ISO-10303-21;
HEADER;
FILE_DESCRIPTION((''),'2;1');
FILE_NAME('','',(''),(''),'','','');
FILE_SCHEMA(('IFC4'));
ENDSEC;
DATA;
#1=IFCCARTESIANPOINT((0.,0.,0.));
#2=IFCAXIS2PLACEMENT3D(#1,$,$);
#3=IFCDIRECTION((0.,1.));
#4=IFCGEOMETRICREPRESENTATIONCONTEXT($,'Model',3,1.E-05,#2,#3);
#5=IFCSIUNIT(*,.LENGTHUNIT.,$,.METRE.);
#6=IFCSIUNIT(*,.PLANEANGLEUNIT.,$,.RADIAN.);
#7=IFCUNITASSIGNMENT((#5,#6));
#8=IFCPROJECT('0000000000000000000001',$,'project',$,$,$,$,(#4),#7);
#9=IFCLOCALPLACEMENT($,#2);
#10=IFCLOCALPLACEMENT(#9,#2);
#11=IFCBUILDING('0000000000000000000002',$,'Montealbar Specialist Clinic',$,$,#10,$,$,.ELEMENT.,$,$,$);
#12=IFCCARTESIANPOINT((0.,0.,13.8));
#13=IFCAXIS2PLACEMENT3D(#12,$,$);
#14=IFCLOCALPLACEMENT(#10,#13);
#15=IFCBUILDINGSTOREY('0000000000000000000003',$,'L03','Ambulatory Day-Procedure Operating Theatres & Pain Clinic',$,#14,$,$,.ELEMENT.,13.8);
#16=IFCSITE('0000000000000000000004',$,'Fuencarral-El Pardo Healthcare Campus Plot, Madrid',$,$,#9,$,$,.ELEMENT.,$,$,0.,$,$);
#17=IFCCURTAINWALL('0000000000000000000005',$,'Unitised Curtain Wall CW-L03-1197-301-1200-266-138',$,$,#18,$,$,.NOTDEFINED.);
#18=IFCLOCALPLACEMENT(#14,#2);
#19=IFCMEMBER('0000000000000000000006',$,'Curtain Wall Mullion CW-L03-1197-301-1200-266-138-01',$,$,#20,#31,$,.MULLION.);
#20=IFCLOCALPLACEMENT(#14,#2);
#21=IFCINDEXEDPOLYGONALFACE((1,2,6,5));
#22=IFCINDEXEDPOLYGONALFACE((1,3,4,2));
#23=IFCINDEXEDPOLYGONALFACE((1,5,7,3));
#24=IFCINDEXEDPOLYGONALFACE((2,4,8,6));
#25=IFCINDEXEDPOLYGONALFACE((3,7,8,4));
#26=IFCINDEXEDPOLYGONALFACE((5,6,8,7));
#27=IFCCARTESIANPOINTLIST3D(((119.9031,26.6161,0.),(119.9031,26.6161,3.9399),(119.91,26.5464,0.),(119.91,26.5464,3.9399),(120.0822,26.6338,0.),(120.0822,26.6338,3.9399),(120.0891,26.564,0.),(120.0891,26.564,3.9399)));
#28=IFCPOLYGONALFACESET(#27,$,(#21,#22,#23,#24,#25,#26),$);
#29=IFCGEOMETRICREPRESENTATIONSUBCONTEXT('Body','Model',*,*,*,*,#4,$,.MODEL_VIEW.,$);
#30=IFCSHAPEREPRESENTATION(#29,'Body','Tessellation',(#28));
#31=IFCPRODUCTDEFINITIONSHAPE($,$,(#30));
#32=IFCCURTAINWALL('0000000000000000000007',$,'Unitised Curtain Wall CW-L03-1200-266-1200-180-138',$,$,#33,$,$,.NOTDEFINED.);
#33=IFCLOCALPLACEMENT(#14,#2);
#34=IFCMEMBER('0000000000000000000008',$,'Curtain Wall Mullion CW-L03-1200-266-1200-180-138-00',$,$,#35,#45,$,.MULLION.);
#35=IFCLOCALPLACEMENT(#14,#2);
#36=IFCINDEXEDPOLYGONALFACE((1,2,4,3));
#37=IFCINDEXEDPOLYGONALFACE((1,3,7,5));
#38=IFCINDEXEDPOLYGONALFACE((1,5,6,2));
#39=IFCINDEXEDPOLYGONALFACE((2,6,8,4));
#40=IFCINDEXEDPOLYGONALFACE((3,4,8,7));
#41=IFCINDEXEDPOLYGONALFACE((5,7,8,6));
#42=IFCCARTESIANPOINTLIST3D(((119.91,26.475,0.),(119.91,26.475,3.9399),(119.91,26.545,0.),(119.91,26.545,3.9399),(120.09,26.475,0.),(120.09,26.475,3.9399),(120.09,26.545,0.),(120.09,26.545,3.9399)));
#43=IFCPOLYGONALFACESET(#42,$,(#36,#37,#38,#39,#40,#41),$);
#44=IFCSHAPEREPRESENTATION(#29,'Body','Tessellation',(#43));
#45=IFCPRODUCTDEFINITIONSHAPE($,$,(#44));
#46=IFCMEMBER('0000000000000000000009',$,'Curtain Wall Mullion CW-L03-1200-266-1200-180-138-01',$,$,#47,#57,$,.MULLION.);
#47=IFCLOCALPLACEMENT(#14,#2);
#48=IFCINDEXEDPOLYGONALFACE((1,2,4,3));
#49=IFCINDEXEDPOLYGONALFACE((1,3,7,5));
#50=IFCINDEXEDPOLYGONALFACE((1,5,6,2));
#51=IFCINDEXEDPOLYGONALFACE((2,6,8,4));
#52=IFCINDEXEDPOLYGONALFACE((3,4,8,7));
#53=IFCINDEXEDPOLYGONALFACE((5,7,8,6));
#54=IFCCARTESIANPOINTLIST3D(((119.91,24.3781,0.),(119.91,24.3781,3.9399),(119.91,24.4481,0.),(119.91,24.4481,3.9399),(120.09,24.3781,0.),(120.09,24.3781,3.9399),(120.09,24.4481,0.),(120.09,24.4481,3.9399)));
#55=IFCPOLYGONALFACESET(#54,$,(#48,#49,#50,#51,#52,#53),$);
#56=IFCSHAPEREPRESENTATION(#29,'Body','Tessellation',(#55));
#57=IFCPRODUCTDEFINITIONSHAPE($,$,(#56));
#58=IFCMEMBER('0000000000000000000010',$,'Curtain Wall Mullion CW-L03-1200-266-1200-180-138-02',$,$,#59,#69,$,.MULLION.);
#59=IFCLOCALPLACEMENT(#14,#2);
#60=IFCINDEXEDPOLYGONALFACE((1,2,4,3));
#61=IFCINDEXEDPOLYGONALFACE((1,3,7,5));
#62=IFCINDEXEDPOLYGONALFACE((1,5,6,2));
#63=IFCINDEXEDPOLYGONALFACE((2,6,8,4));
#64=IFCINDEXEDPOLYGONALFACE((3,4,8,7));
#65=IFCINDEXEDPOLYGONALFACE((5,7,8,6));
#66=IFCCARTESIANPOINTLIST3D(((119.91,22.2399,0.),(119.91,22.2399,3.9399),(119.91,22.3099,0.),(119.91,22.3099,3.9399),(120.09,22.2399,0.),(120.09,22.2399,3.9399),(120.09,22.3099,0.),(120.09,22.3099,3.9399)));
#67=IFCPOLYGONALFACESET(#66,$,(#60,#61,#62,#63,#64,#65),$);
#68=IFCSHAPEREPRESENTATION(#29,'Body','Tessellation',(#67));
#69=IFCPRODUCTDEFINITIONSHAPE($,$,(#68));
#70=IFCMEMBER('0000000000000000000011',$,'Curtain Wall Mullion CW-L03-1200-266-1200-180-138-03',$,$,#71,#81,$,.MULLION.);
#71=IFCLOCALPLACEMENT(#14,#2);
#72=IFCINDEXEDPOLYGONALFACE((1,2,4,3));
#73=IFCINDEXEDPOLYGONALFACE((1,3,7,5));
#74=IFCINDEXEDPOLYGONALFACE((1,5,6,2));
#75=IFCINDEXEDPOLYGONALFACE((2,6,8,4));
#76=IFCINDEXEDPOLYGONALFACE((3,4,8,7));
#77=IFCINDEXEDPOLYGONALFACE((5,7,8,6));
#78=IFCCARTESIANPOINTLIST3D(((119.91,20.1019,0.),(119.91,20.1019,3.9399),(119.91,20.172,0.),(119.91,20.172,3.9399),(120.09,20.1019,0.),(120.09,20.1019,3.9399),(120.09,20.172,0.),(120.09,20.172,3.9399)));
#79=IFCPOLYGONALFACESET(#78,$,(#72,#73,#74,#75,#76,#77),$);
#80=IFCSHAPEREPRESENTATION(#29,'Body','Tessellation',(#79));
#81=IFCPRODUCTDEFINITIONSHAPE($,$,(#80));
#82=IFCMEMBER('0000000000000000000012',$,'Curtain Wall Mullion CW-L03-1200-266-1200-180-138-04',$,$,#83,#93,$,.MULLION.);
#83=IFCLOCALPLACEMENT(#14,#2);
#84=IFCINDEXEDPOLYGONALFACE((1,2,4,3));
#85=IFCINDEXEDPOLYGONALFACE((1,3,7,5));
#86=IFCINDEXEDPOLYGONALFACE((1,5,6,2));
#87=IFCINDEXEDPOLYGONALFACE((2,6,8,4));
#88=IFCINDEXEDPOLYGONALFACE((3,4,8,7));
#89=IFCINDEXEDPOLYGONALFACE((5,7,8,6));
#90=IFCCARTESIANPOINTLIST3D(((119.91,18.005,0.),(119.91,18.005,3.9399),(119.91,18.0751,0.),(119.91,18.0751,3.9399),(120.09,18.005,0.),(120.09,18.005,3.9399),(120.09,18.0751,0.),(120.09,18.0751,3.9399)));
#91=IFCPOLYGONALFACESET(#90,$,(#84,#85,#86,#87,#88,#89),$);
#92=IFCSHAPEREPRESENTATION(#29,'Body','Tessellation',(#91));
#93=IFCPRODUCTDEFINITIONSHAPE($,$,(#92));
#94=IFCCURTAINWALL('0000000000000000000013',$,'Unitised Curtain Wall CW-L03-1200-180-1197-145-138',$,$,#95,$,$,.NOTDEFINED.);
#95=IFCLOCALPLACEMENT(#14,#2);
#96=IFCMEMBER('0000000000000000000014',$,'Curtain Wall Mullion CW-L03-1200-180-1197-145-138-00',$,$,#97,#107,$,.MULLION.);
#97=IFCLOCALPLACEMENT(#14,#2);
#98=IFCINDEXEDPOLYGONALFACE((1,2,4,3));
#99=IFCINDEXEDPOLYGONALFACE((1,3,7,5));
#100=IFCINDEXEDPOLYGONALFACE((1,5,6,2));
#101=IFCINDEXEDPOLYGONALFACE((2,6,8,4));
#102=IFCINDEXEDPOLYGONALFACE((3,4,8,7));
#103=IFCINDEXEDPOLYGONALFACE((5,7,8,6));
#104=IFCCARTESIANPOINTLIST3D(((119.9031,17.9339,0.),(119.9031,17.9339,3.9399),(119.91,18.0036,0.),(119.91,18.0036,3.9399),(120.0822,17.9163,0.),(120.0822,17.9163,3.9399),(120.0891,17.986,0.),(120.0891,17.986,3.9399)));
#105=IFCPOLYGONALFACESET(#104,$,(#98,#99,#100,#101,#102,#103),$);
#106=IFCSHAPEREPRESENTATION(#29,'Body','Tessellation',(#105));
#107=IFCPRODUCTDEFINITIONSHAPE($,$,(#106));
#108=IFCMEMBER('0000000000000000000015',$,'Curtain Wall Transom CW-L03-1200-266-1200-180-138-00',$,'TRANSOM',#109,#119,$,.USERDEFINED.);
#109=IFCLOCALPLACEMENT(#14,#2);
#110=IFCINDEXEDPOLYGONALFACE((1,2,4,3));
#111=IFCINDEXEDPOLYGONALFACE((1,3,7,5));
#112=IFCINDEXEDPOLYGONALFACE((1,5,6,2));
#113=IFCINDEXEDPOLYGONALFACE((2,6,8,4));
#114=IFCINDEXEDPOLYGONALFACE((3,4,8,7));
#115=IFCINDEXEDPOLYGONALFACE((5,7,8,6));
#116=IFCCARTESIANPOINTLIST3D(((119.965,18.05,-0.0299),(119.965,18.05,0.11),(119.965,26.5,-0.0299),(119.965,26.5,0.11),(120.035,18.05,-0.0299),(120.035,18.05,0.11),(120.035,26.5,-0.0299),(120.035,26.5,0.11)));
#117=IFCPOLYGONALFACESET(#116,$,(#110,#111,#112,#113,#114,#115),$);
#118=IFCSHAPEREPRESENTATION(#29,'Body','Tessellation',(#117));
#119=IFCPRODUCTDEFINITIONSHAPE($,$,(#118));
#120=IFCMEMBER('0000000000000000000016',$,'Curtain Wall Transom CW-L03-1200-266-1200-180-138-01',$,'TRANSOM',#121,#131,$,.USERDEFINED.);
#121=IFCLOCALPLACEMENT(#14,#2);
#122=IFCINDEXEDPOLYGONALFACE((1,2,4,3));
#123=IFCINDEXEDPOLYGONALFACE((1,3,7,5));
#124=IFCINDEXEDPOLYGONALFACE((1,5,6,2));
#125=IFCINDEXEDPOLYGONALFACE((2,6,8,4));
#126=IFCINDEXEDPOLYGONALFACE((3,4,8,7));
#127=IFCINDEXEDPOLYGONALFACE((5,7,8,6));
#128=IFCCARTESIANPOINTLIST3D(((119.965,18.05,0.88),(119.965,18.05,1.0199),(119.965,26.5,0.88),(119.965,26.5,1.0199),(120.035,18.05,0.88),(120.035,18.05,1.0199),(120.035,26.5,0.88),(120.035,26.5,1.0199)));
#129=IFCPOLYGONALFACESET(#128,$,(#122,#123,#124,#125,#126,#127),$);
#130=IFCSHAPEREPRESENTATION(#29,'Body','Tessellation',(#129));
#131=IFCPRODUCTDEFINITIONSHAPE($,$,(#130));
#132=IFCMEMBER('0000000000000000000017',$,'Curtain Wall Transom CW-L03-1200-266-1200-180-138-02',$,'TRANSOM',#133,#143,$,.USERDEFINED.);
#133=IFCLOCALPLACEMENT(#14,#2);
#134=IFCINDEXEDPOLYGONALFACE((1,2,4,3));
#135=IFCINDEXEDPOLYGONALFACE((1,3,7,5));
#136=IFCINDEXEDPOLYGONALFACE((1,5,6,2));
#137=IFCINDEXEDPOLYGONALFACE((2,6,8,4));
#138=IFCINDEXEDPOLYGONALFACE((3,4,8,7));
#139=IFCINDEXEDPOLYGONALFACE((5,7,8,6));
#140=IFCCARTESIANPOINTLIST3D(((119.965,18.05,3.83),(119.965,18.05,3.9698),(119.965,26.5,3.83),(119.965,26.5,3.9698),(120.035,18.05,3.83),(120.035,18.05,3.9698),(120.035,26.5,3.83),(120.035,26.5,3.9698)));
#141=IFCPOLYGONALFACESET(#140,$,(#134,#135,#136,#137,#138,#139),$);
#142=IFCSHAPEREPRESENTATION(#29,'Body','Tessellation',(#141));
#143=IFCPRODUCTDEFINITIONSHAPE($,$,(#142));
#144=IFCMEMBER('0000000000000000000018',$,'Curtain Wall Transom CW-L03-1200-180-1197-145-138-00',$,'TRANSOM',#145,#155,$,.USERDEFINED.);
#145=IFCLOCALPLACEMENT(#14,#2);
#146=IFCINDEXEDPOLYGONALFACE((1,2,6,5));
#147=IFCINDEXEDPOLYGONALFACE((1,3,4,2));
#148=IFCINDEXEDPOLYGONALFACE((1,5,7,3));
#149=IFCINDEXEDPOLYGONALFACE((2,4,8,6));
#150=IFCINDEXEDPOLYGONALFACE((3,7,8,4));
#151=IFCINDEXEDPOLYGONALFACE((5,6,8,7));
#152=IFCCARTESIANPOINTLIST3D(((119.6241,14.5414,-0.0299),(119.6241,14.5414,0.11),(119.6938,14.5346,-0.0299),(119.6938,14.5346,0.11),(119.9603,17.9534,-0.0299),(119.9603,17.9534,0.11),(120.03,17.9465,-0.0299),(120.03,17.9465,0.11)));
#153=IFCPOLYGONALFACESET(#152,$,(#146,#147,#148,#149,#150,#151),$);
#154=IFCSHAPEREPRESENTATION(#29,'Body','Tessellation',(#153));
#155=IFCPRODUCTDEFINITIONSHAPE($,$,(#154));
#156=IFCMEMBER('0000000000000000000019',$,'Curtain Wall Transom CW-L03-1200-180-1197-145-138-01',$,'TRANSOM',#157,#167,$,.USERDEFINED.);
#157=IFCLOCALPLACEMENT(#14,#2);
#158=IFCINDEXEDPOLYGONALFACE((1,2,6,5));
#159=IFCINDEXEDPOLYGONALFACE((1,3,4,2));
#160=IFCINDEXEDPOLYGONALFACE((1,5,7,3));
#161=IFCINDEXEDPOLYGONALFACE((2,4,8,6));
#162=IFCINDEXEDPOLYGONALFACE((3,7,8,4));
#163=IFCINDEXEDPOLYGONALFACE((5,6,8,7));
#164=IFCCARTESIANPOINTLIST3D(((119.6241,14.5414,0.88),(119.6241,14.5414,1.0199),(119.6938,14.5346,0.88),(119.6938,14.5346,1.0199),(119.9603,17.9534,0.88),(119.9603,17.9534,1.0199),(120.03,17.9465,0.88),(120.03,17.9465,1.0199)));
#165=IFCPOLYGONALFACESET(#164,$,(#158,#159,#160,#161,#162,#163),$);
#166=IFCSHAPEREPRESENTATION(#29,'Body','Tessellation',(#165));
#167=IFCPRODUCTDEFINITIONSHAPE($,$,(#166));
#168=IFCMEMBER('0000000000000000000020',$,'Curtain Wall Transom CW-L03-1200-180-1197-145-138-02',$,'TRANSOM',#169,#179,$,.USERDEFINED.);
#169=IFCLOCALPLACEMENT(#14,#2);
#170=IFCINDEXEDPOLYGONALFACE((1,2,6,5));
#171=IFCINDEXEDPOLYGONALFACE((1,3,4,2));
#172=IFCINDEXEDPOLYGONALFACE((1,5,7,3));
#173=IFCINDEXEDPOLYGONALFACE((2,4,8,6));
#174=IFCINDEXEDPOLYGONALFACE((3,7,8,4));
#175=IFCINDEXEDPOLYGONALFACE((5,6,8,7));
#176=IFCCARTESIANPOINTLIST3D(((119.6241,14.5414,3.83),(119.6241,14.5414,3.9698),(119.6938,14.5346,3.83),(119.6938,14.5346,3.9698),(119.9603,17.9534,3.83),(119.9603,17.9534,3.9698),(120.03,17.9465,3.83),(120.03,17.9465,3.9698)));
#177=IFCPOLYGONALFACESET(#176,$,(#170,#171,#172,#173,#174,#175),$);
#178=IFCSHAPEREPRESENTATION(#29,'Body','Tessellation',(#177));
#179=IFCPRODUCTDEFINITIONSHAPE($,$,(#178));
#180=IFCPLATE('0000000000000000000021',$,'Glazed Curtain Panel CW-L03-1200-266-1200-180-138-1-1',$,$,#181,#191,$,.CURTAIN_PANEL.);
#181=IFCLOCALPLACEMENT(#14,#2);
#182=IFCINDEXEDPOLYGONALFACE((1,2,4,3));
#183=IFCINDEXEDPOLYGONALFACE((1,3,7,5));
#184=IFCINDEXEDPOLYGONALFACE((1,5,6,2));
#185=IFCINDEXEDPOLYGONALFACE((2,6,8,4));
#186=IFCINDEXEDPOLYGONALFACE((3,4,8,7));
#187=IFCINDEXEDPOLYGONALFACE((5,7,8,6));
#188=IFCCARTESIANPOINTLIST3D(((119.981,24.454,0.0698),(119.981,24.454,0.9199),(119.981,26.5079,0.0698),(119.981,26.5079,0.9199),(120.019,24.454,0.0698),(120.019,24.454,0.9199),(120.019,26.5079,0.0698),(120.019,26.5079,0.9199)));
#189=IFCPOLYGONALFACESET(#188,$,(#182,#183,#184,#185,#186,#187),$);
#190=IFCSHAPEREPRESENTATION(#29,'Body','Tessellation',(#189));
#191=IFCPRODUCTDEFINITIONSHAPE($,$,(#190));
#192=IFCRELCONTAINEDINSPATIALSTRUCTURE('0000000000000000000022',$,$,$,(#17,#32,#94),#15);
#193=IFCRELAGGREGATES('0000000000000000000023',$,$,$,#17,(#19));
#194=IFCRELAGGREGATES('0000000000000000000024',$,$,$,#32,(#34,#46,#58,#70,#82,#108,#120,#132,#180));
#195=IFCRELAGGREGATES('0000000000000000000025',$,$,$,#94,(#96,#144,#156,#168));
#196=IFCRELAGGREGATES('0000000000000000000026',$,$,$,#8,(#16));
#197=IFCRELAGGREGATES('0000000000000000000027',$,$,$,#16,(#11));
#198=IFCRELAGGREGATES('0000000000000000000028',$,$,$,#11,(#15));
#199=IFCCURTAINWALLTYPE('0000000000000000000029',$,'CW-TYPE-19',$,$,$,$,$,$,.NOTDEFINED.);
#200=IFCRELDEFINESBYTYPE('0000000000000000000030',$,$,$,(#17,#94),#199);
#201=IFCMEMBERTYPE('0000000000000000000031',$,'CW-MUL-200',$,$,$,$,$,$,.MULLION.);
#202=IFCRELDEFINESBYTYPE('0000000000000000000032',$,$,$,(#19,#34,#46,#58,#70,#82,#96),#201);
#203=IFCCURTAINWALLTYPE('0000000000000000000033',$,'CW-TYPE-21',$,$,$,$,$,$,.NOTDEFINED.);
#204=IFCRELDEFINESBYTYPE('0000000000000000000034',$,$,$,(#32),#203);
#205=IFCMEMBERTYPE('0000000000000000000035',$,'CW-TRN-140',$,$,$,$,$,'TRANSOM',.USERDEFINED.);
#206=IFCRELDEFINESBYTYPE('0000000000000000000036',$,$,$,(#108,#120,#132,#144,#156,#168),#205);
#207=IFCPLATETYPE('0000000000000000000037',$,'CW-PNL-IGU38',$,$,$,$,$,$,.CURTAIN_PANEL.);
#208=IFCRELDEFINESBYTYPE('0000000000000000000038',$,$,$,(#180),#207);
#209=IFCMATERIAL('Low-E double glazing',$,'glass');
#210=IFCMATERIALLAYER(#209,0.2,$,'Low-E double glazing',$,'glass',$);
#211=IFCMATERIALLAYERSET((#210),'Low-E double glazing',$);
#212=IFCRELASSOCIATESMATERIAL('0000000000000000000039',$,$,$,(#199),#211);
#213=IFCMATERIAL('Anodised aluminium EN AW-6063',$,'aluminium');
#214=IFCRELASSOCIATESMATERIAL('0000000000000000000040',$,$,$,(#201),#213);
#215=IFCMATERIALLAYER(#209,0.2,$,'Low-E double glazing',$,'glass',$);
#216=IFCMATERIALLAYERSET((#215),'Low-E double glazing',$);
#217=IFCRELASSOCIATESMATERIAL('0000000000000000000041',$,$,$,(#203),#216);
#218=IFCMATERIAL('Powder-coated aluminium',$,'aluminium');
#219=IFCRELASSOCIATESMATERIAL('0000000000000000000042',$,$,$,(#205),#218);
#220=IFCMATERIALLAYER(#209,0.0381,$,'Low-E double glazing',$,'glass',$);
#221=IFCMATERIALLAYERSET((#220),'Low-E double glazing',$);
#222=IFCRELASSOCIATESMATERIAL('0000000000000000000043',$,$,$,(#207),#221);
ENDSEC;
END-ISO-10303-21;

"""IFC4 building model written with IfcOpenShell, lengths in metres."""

from ifc_helpers import new_model, si_unit, direction, frame, origin, origin_2d, place, context, subcontext, project, spatial, rectangle, extrude, material, layer, layer_set, material_profile, profile_set, type_object, element, aggregate, save


model = new_model("IFC4")

# Units and contexts
model_context = context("Model", 3, precision=1e-05, world=origin(), true_north=direction((0.0, 1.0)))
body_context = subcontext(model_context, "Body", "Model", "MODEL_VIEW")
ifc_project = project(units=[si_unit("LENGTHUNIT", "METRE"), si_unit("PLANEANGLEUNIT", "RADIAN")], contexts=[model_context])

# Site, building, storey
site_placement = place(None, origin())
site = spatial("IfcSite", under=ifc_project, at=site_placement, Name="Fuencarral-El Pardo Healthcare Campus Plot, Madrid", CompositionType="ELEMENT", RefElevation=0.0)
building_placement = place(site_placement, origin())
building = spatial("IfcBuilding", under=site, at=building_placement, Name="Montealbar Specialist Clinic", CompositionType="ELEMENT")
storey_placement = place(building_placement, frame((0.0, 0.0, 13.8)))
storey = spatial("IfcBuildingStorey", under=building, at=storey_placement, Name="L03", Description="Ambulatory Day-Procedure Operating Theatres & Pain Clinic", CompositionType="ELEMENT", Elevation=13.8)

# Curtain wall, member
ifc_material_1 = material(Name="Low-E double glazing", Category="glass")
ifc_layer_1 = layer(ifc_material_1, 0.2, Name="Low-E double glazing", Category="glass")
ifc_layer_set_1 = layer_set([ifc_layer_1], Name="Low-E double glazing")
curtain_wall_type_1 = type_object("IfcCurtainWallType", Name="CW-TYPE-19", PredefinedType="NOTDEFINED", material=ifc_layer_set_1)
curtain_wall_1_placement = place(storey_placement, origin())
curtain_wall_1 = element("IfcCurtainWall", 1, at=curtain_wall_1_placement, inside=storey, type_object=curtain_wall_type_1, Name="Unitised Curtain Wall CW-L03-1197-301-1200-266-138", PredefinedType="NOTDEFINED")
ifc_material_2 = material(Name="Anodised aluminium EN AW-6063", Category="aluminium")
ifc_material_profile_1 = material_profile(ifc_material_2, rectangle(XDim=0.0701, YDim=0.1799, at=origin_2d()), Name="ALU 70x180", Category="aluminium")
ifc_profile_set_1 = profile_set([ifc_material_profile_1], Name="Anodised aluminium EN AW-6063")
member_type_1 = type_object("IfcMemberType", Name="CW-MUL-200", PredefinedType="MULLION", material=ifc_profile_set_1)
member_1_placement = place(storey_placement, frame((119.9961, 26.5901, 0.0), z_axis=(0.0, 0.0, 1.0), x_axis=(0.098045, -0.995182, 0.0)))
member_1 = element("IfcMember", 2, at=member_1_placement, type_object=member_type_1, Name="Curtain Wall Mullion CW-L03-1197-301-1200-266-138-01", PredefinedType="MULLION", context=body_context, shape_type="SweptSolid", body=[
    extrude(rectangle(XDim=0.0701, YDim=0.1799, at=origin_2d()), origin(), (0.0, 0.0, 1.0), 3.9399),
])
aggregate(curtain_wall_1, [member_1])

# Curtain wall, members
ifc_layer_2 = layer(ifc_material_1, 0.2, Name="Low-E double glazing", Category="glass")
ifc_layer_set_2 = layer_set([ifc_layer_2], Name="Low-E double glazing")
curtain_wall_type_2 = type_object("IfcCurtainWallType", Name="CW-TYPE-21", PredefinedType="NOTDEFINED", material=ifc_layer_set_2)
curtain_wall_2_placement = place(storey_placement, origin())
curtain_wall_2 = element("IfcCurtainWall", 3, at=curtain_wall_2_placement, inside=storey, type_object=curtain_wall_type_2, Name="Unitised Curtain Wall CW-L03-1200-266-1200-180-138", PredefinedType="NOTDEFINED")
member_2_placement = place(storey_placement, frame((120.0, 26.51, 0.0), z_axis=(0.0, 0.0, 1.0), x_axis=(0.0, -1.0, 0.0)))
member_2 = element("IfcMember", 4, at=member_2_placement, type_object=member_type_1, Name="Curtain Wall Mullion CW-L03-1200-266-1200-180-138-00", PredefinedType="MULLION", context=body_context, shape_type="SweptSolid", body=[
    extrude(rectangle(XDim=0.0701, YDim=0.1799, at=origin_2d()), origin(), (0.0, 0.0, 1.0), 3.9399),
])
member_3_placement = place(storey_placement, frame((120.0, 24.4131, 0.0), z_axis=(0.0, 0.0, 1.0), x_axis=(0.0, -1.0, 0.0)))
member_3 = element("IfcMember", 5, at=member_3_placement, type_object=member_type_1, Name="Curtain Wall Mullion CW-L03-1200-266-1200-180-138-01", PredefinedType="MULLION", context=body_context, shape_type="SweptSolid", body=[
    extrude(rectangle(XDim=0.0701, YDim=0.1799, at=origin_2d()), origin(), (0.0, 0.0, 1.0), 3.9399),
])
member_4_placement = place(storey_placement, frame((120.0, 22.2749, 0.0), z_axis=(0.0, 0.0, 1.0), x_axis=(0.0, -1.0, 0.0)))
member_4 = element("IfcMember", 6, at=member_4_placement, type_object=member_type_1, Name="Curtain Wall Mullion CW-L03-1200-266-1200-180-138-02", PredefinedType="MULLION", context=body_context, shape_type="SweptSolid", body=[
    extrude(rectangle(XDim=0.0701, YDim=0.1799, at=origin_2d()), origin(), (0.0, 0.0, 1.0), 3.9399),
])
member_5_placement = place(storey_placement, frame((120.0, 20.137, 0.0), z_axis=(0.0, 0.0, 1.0), x_axis=(0.0, -1.0, 0.0)))
member_5 = element("IfcMember", 7, at=member_5_placement, type_object=member_type_1, Name="Curtain Wall Mullion CW-L03-1200-266-1200-180-138-03", PredefinedType="MULLION", context=body_context, shape_type="SweptSolid", body=[
    extrude(rectangle(XDim=0.0701, YDim=0.1799, at=origin_2d()), origin(), (0.0, 0.0, 1.0), 3.9399),
])
member_6_placement = place(storey_placement, frame((120.0, 18.04, 0.0), z_axis=(0.0, 0.0, 1.0), x_axis=(0.0, -1.0, 0.0)))
member_6 = element("IfcMember", 8, at=member_6_placement, type_object=member_type_1, Name="Curtain Wall Mullion CW-L03-1200-266-1200-180-138-04", PredefinedType="MULLION", context=body_context, shape_type="SweptSolid", body=[
    extrude(rectangle(XDim=0.0701, YDim=0.1799, at=origin_2d()), origin(), (0.0, 0.0, 1.0), 3.9399),
])

# Curtain wall, member
curtain_wall_3_placement = place(storey_placement, origin())
curtain_wall_3 = element("IfcCurtainWall", 9, at=curtain_wall_3_placement, inside=storey, type_object=curtain_wall_type_1, Name="Unitised Curtain Wall CW-L03-1200-180-1197-145-138", PredefinedType="NOTDEFINED")
member_7_placement = place(storey_placement, frame((119.9961, 17.96, 0.0), z_axis=(0.0, 0.0, 1.0), x_axis=(-0.098045, -0.995182, 0.0)))
member_7 = element("IfcMember", 10, at=member_7_placement, type_object=member_type_1, Name="Curtain Wall Mullion CW-L03-1200-180-1197-145-138-00", PredefinedType="MULLION", context=body_context, shape_type="SweptSolid", body=[
    extrude(rectangle(XDim=0.0701, YDim=0.1799, at=origin_2d()), origin(), (0.0, 0.0, 1.0), 3.9399),
])

# Members
ifc_material_3 = material(Name="Powder-coated aluminium", Category="aluminium")
ifc_material_profile_2 = material_profile(ifc_material_3, rectangle(XDim=0.0701, YDim=0.1399, at=origin_2d()), Name="ALU 70x140", Category="aluminium")
ifc_profile_set_2 = profile_set([ifc_material_profile_2], Name="Powder-coated aluminium")
member_type_2 = type_object("IfcMemberType", Name="CW-TRN-140", ElementType="TRANSOM", PredefinedType="USERDEFINED", material=ifc_profile_set_2)
member_8_placement = place(storey_placement, frame((120.0, 26.5, 0.04), z_axis=(0.0, -1.0, 0.0), x_axis=(1.0, 0.0, 0.0)))
member_8 = element("IfcMember", 11, at=member_8_placement, type_object=member_type_2, Name="Curtain Wall Transom CW-L03-1200-266-1200-180-138-00", ObjectType="TRANSOM", PredefinedType="USERDEFINED", context=body_context, shape_type="SweptSolid", body=[
    extrude(rectangle(XDim=0.0701, YDim=0.1399, at=origin_2d()), origin(), (0.0, 0.0, 1.0), 8.45),
])
member_9_placement = place(storey_placement, frame((120.0, 26.5, 0.95), z_axis=(0.0, -1.0, 0.0), x_axis=(1.0, 0.0, 0.0)))
member_9 = element("IfcMember", 12, at=member_9_placement, type_object=member_type_2, Name="Curtain Wall Transom CW-L03-1200-266-1200-180-138-01", ObjectType="TRANSOM", PredefinedType="USERDEFINED", context=body_context, shape_type="SweptSolid", body=[
    extrude(rectangle(XDim=0.0701, YDim=0.1399, at=origin_2d()), origin(), (0.0, 0.0, 1.0), 8.45),
])
member_10_placement = place(storey_placement, frame((120.0, 26.5, 3.8999), z_axis=(0.0, -1.0, 0.0), x_axis=(1.0, 0.0, 0.0)))
member_10 = element("IfcMember", 13, at=member_10_placement, type_object=member_type_2, Name="Curtain Wall Transom CW-L03-1200-266-1200-180-138-02", ObjectType="TRANSOM", PredefinedType="USERDEFINED", context=body_context, shape_type="SweptSolid", body=[
    extrude(rectangle(XDim=0.0701, YDim=0.1399, at=origin_2d()), origin(), (0.0, 0.0, 1.0), 8.45),
])
member_11_placement = place(storey_placement, frame((119.9951, 17.95, 0.04), z_axis=(-0.098058, -0.995181, 0.0), x_axis=(0.995181, -0.098058, 0.0)))
member_11 = element("IfcMember", 14, at=member_11_placement, type_object=member_type_2, Name="Curtain Wall Transom CW-L03-1200-180-1197-145-138-00", ObjectType="TRANSOM", PredefinedType="USERDEFINED", context=body_context, shape_type="SweptSolid", body=[
    extrude(rectangle(XDim=0.0701, YDim=0.1399, at=origin_2d()), origin(), (0.0, 0.0, 1.0), 3.4285),
])
member_12_placement = place(storey_placement, frame((119.9951, 17.95, 0.95), z_axis=(-0.098058, -0.995181, 0.0), x_axis=(0.995181, -0.098058, 0.0)))
member_12 = element("IfcMember", 15, at=member_12_placement, type_object=member_type_2, Name="Curtain Wall Transom CW-L03-1200-180-1197-145-138-01", ObjectType="TRANSOM", PredefinedType="USERDEFINED", context=body_context, shape_type="SweptSolid", body=[
    extrude(rectangle(XDim=0.0701, YDim=0.1399, at=origin_2d()), origin(), (0.0, 0.0, 1.0), 3.4285),
])
member_13_placement = place(storey_placement, frame((119.9951, 17.95, 3.8999), z_axis=(-0.098058, -0.995181, 0.0), x_axis=(0.995181, -0.098058, 0.0)))
member_13 = element("IfcMember", 16, at=member_13_placement, type_object=member_type_2, Name="Curtain Wall Transom CW-L03-1200-180-1197-145-138-02", ObjectType="TRANSOM", PredefinedType="USERDEFINED", context=body_context, shape_type="SweptSolid", body=[
    extrude(rectangle(XDim=0.0701, YDim=0.1399, at=origin_2d()), origin(), (0.0, 0.0, 1.0), 3.4285),
])

# Plate
ifc_layer_3 = layer(ifc_material_1, 0.0381, Name="Low-E double glazing", Category="glass")
ifc_layer_set_3 = layer_set([ifc_layer_3], Name="Low-E double glazing")
plate_type = type_object("IfcPlateType", Name="CW-PNL-IGU38", PredefinedType="CURTAIN_PANEL", material=ifc_layer_set_3)
plate_1_placement = place(storey_placement, frame((120.0, 25.481, 0.0698), z_axis=(0.0, 0.0, 1.0), x_axis=(0.0, -1.0, 0.0)))
plate_1 = element("IfcPlate", 17, at=plate_1_placement, type_object=plate_type, Name="Glazed Curtain Panel CW-L03-1200-266-1200-180-138-1-1", PredefinedType="CURTAIN_PANEL", context=body_context, shape_type="SweptSolid", body=[
    extrude(rectangle(XDim=2.054, YDim=0.0381, at=origin_2d()), origin(), (0.0, 0.0, 1.0), 0.8501),
])
aggregate(curtain_wall_2, [member_2, member_3, member_4, member_5, member_6, member_8, member_9, member_10, plate_1])
aggregate(curtain_wall_3, [member_7, member_11, member_12, member_13])

save(model, "model.ifc")
